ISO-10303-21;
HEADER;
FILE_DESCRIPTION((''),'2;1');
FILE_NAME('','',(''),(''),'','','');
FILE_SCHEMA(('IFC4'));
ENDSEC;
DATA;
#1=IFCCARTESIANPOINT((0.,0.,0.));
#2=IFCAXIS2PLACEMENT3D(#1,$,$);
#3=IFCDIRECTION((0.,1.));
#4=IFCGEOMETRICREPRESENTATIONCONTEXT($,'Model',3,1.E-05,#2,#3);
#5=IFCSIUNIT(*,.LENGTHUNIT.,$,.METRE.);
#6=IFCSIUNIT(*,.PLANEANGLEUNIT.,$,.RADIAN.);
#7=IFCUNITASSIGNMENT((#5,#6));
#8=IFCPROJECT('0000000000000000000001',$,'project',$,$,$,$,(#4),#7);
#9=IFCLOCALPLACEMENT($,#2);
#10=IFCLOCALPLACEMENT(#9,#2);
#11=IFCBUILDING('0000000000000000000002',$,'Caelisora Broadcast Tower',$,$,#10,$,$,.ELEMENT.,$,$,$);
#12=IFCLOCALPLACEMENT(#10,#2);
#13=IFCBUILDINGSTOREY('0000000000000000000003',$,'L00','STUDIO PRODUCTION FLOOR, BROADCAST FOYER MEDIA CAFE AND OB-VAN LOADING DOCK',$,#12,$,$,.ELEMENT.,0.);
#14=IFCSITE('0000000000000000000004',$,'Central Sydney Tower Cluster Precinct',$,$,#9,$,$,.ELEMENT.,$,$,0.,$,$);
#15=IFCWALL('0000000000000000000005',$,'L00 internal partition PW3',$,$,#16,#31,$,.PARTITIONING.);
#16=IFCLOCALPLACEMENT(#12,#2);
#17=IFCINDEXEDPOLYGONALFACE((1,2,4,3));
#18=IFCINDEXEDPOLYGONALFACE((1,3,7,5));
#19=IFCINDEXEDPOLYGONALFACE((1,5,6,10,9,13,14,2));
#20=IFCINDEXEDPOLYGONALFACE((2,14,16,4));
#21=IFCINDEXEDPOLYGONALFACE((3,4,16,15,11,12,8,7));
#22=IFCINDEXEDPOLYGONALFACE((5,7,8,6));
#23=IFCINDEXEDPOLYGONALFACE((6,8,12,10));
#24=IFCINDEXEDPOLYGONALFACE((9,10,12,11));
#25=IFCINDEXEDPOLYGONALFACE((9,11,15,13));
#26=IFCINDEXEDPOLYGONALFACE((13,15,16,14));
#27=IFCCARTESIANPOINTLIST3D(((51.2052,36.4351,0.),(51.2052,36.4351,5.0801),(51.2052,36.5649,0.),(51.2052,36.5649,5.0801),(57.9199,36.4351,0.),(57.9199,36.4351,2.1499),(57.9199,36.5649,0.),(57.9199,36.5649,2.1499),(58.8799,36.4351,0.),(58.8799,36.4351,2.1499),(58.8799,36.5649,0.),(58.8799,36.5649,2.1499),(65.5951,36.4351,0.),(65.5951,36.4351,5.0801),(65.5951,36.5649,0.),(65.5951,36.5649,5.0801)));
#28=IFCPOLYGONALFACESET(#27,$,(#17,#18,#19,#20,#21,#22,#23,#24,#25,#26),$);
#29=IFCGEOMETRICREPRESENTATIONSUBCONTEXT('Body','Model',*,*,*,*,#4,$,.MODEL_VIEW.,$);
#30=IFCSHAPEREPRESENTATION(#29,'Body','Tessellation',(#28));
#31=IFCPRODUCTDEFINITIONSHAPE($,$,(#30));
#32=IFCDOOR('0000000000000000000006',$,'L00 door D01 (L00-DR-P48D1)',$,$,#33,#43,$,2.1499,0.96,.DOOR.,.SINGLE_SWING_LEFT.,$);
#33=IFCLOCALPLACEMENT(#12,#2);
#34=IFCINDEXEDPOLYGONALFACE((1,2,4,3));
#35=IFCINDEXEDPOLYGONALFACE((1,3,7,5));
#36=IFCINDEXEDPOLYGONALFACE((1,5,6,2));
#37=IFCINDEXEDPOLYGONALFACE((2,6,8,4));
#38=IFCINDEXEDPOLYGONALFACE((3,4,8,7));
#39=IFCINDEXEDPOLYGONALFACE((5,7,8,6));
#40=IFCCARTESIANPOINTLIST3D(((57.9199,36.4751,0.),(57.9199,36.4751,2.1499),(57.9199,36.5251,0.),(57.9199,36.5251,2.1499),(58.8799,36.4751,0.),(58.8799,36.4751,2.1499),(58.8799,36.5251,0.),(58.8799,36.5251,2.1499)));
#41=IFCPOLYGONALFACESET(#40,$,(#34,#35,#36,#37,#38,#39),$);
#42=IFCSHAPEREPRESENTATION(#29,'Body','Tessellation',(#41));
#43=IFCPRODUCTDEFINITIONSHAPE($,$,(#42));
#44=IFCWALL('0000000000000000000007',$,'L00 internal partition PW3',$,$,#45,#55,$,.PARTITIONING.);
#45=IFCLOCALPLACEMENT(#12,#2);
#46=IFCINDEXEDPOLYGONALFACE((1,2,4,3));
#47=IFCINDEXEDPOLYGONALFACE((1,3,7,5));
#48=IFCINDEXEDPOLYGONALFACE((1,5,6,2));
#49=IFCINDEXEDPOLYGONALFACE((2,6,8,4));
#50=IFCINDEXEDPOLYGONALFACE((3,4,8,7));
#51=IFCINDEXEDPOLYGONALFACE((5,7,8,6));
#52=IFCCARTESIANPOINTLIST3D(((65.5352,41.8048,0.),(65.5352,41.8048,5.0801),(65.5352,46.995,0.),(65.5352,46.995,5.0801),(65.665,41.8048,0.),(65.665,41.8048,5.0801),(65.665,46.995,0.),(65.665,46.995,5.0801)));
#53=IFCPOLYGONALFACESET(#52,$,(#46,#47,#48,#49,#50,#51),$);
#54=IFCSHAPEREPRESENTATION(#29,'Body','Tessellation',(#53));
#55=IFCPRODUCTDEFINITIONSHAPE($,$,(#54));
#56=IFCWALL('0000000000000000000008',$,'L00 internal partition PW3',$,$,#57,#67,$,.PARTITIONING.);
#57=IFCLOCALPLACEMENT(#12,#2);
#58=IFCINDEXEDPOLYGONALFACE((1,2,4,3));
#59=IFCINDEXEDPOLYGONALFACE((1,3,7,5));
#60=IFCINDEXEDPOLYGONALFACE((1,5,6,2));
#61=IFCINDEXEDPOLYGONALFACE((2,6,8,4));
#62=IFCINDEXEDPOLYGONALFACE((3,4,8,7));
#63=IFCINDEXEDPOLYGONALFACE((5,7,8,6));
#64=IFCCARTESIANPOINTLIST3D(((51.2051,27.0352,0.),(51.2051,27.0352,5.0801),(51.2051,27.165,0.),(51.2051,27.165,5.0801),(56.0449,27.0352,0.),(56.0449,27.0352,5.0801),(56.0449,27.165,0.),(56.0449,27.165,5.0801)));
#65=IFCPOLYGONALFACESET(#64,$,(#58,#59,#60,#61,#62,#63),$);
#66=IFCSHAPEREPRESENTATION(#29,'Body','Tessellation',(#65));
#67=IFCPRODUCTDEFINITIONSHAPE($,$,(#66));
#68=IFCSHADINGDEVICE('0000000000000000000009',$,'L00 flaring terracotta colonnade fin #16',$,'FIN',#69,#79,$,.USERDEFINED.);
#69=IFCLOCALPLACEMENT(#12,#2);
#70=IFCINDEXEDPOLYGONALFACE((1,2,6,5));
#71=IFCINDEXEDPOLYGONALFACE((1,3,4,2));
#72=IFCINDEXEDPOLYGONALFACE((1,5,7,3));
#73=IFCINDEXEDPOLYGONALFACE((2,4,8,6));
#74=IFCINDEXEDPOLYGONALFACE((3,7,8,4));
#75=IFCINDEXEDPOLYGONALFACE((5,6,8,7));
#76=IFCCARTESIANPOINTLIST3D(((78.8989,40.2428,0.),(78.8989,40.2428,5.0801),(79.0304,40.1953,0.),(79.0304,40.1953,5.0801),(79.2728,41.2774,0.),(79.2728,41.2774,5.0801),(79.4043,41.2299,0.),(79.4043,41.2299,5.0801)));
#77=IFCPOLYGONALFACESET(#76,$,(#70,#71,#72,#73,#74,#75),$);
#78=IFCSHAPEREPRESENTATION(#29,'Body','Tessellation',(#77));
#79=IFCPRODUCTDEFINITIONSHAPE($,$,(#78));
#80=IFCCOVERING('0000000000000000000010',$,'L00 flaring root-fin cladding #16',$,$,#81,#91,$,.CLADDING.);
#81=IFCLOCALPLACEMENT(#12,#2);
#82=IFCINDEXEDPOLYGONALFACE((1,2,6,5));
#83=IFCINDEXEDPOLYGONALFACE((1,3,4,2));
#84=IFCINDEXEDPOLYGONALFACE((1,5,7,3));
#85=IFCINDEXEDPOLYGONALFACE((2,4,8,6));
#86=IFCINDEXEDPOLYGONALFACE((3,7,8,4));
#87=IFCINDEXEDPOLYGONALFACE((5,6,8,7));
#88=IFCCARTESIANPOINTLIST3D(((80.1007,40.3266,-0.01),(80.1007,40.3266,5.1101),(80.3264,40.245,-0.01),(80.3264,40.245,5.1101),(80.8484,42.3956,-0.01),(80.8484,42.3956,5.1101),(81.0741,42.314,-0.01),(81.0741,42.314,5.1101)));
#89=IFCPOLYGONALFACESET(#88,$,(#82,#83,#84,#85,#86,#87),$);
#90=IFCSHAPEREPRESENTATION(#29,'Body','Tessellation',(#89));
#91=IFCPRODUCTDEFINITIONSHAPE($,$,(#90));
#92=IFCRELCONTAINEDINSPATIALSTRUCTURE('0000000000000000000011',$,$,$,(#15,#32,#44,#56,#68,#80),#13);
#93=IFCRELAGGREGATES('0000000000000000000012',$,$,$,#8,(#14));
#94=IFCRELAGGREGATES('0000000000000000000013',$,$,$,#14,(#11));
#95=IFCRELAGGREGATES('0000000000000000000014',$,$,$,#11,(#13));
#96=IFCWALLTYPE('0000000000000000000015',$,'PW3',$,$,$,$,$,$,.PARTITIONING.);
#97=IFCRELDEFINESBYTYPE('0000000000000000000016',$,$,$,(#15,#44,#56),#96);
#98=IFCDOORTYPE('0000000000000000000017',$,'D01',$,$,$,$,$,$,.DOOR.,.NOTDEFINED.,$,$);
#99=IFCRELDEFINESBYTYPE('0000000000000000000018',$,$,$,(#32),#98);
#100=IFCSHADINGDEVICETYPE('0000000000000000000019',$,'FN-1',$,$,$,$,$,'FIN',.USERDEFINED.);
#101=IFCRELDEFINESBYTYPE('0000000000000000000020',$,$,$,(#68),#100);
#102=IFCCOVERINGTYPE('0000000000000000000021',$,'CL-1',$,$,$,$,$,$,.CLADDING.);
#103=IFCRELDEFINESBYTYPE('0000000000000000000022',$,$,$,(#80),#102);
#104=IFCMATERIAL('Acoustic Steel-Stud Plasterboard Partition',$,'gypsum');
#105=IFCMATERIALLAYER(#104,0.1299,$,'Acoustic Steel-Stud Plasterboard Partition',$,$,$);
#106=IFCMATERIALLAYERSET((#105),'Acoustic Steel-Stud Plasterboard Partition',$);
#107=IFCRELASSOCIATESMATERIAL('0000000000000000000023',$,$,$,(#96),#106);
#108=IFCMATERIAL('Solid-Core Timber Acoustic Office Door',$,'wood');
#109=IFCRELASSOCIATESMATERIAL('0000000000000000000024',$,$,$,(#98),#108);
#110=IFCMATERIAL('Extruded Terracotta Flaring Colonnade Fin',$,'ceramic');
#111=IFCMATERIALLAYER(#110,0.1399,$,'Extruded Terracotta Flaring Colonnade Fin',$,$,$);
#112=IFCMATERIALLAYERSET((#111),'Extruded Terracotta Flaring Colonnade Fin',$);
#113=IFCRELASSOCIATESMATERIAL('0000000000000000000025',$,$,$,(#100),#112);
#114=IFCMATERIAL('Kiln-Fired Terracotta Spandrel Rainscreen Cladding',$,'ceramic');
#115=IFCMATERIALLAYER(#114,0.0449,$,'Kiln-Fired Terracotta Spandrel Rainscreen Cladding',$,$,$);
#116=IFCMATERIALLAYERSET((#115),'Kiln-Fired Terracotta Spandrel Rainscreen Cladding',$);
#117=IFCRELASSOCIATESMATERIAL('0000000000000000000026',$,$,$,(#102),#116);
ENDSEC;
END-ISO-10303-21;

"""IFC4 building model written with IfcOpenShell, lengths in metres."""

from ifc_helpers import new_model, si_unit, direction, frame, frame_2d, origin, origin_2d, place, context, subcontext, project, spatial, rectangle, extrude, source, transform, mapped, material, layer, layer_set, type_object, type_shapes, element, fill, save


model = new_model("IFC4")

# Units and contexts
model_context = context("Model", 3, precision=1e-05, world=origin(), true_north=direction((0.0, 1.0)))
body_context = subcontext(model_context, "Body", "Model", "MODEL_VIEW")
ifc_project = project(units=[si_unit("LENGTHUNIT", "METRE"), si_unit("PLANEANGLEUNIT", "RADIAN")], contexts=[model_context])

# Site, building, storey
site_placement = place(None, origin())
site = spatial("IfcSite", under=ifc_project, at=site_placement, Name="Central Sydney Tower Cluster Precinct", CompositionType="ELEMENT", RefElevation=0.0)
building_placement = place(site_placement, origin())
building = spatial("IfcBuilding", under=site, at=building_placement, Name="Caelisora Broadcast Tower", CompositionType="ELEMENT")
storey_placement = place(building_placement, origin())
storey = spatial("IfcBuildingStorey", under=building, at=storey_placement, Name="L00", Description="STUDIO PRODUCTION FLOOR, BROADCAST FOYER MEDIA CAFE AND OB-VAN LOADING DOCK", CompositionType="ELEMENT", Elevation=0.0)

# Wall, opening, door
ifc_material_1 = material(Name="Acoustic Steel-Stud Plasterboard Partition", Category="gypsum")
ifc_layer_1 = layer(ifc_material_1, 0.1299, Name="Acoustic Steel-Stud Plasterboard Partition")
ifc_layer_set_1 = layer_set([ifc_layer_1], Name="Acoustic Steel-Stud Plasterboard Partition")
wall_type_1 = type_object("IfcWallType", Name="PW3", PredefinedType="PARTITIONING", material=ifc_layer_set_1)
wall_1_placement = place(storey_placement, frame((65.595, 36.5, 0.0), z_axis=(0.0, 0.0, 1.0), x_axis=(-1.0, 0.0, 0.0)))
wall_1 = element("IfcWall", 1, at=wall_1_placement, inside=storey, type_object=wall_type_1, Name="L00 internal partition PW3", PredefinedType="PARTITIONING", context=body_context, shape_type="SweptSolid", body=[
    extrude(rectangle(XDim=14.3899, YDim=0.1299, at=frame_2d((7.1948, 0.0))), origin(), (0.0, 0.0, 1.0), 5.0801),
])
opening_placement = place(wall_1_placement, frame((6.7151, 0.0, 0.0)))
opening = element("IfcOpeningElement", 2, at=opening_placement, cuts=wall_1, PredefinedType="OPENING", context=body_context, shape_type="SweptSolid", body=[
    extrude(rectangle(XDim=0.96, YDim=2.1499, at=frame_2d((0.48, 1.075))), frame((0.0, 0.0769, 0.0), z_axis=(0.0, -1.0, 0.0), x_axis=(1.0, 0.0, 0.0)), (0.0, 0.0, 1.0), 0.1538),
])
ifc_material_2 = material(Name="Solid-Core Timber Acoustic Office Door", Category="wood")
door_type = type_object("IfcDoorType", Name="D01", OperationType="NOTDEFINED", PredefinedType="DOOR", material=ifc_material_2)
door_placement = place(opening_placement, origin())
door = element("IfcDoor", 3, at=door_placement, inside=storey, type_object=door_type, Name="L00 door D01 (L00-DR-P48D1)", OperationType="SINGLE_SWING_LEFT", OverallHeight=2.1499, OverallWidth=0.96, PredefinedType="DOOR", context=body_context, shape_type="SweptSolid", body=[
    extrude(rectangle(XDim=0.96, YDim=2.1499, at=frame_2d((0.48, 1.075))), frame((0.0, 0.0249, 0.0), z_axis=(0.0, -1.0, 0.0), x_axis=(1.0, 0.0, 0.0)), (0.0, 0.0, 1.0), 0.05),
])
fill(opening, door)

# Walls
wall_2_placement = place(storey_placement, frame((65.6001, 46.9951, 0.0), z_axis=(0.0, 0.0, 1.0), x_axis=(0.0, -1.0, 0.0)))
element("IfcWall", 4, at=wall_2_placement, inside=storey, type_object=wall_type_1, Name="L00 internal partition PW3", PredefinedType="PARTITIONING", context=body_context, shape_type="SweptSolid", body=[
    extrude(rectangle(XDim=5.1902, YDim=0.1299, at=frame_2d((2.5952, 0.0))), origin(), (0.0, 0.0, 1.0), 5.0801),
])
wall_3_placement = place(storey_placement, frame((56.0449, 27.1001, 0.0), z_axis=(0.0, 0.0, 1.0), x_axis=(-1.0, 0.0, 0.0)))
element("IfcWall", 5, at=wall_3_placement, inside=storey, type_object=wall_type_1, Name="L00 internal partition PW3", PredefinedType="PARTITIONING", context=body_context, shape_type="SweptSolid", body=[
    extrude(rectangle(XDim=4.8398, YDim=0.1299, at=frame_2d((2.4199, 0.0))), origin(), (0.0, 0.0, 1.0), 5.0801),
])

# Shading device
ifc_material_3 = material(Name="Extruded Terracotta Flaring Colonnade Fin", Category="ceramic")
ifc_layer_2 = layer(ifc_material_3, 0.1399, Name="Extruded Terracotta Flaring Colonnade Fin")
ifc_layer_set_2 = layer_set([ifc_layer_2], Name="Extruded Terracotta Flaring Colonnade Fin")
shading_device_type = type_object("IfcShadingDeviceType", Name="FN-1", ElementType="FIN", PredefinedType="USERDEFINED", material=ifc_layer_set_2)
shared_shape_1 = source(origin(), body_context, "Body", "SweptSolid", [
    extrude(rectangle(XDim=1.1001, YDim=0.1399, at=origin_2d()), origin(), (0.0, 0.0, 1.0), 5.0801),
])
type_shapes(shading_device_type, [shared_shape_1])
shading_device_placement = place(storey_placement, frame((79.1516, 40.7363, 0.0), z_axis=(0.0, 0.0, 1.0), x_axis=(0.339887, 0.940466, 0.0)))
element("IfcShadingDevice", 6, at=shading_device_placement, inside=storey, type_object=shading_device_type, Name="L00 flaring terracotta colonnade fin #16", ObjectType="FIN", PredefinedType="USERDEFINED", context=body_context, shape_type="MappedRepresentation", body=[
    mapped(shared_shape_1, transform((0.0, 0.0, 0.0), scale=1.0)),
])

# Covering
ifc_material_4 = material(Name="Kiln-Fired Terracotta Spandrel Rainscreen Cladding", Category="ceramic")
ifc_layer_3 = layer(ifc_material_4, 0.0449, Name="Kiln-Fired Terracotta Spandrel Rainscreen Cladding")
ifc_layer_set_3 = layer_set([ifc_layer_3], Name="Kiln-Fired Terracotta Spandrel Rainscreen Cladding")
covering_type = type_object("IfcCoveringType", Name="CL-1", PredefinedType="CLADDING", material=ifc_layer_set_3)
shared_shape_2 = source(origin(), body_context, "Body", "SweptSolid", [
    extrude(rectangle(XDim=2.2, YDim=0.24, at=origin_2d()), origin(), (0.0, 0.0, 1.0), 5.1201),
])
type_shapes(covering_type, [shared_shape_2])
covering_placement = place(storey_placement, frame((80.5874, 41.3203, -0.01), z_axis=(0.0, 0.0, 1.0), x_axis=(0.339887, 0.940466, 0.0)))
element("IfcCovering", 7, at=covering_placement, inside=storey, type_object=covering_type, Name="L00 flaring root-fin cladding #16", PredefinedType="CLADDING", context=body_context, shape_type="MappedRepresentation", body=[
    mapped(shared_shape_2, transform((0.0, 0.0, 0.0), scale=1.0)),
])

save(model, "model.ifc")
